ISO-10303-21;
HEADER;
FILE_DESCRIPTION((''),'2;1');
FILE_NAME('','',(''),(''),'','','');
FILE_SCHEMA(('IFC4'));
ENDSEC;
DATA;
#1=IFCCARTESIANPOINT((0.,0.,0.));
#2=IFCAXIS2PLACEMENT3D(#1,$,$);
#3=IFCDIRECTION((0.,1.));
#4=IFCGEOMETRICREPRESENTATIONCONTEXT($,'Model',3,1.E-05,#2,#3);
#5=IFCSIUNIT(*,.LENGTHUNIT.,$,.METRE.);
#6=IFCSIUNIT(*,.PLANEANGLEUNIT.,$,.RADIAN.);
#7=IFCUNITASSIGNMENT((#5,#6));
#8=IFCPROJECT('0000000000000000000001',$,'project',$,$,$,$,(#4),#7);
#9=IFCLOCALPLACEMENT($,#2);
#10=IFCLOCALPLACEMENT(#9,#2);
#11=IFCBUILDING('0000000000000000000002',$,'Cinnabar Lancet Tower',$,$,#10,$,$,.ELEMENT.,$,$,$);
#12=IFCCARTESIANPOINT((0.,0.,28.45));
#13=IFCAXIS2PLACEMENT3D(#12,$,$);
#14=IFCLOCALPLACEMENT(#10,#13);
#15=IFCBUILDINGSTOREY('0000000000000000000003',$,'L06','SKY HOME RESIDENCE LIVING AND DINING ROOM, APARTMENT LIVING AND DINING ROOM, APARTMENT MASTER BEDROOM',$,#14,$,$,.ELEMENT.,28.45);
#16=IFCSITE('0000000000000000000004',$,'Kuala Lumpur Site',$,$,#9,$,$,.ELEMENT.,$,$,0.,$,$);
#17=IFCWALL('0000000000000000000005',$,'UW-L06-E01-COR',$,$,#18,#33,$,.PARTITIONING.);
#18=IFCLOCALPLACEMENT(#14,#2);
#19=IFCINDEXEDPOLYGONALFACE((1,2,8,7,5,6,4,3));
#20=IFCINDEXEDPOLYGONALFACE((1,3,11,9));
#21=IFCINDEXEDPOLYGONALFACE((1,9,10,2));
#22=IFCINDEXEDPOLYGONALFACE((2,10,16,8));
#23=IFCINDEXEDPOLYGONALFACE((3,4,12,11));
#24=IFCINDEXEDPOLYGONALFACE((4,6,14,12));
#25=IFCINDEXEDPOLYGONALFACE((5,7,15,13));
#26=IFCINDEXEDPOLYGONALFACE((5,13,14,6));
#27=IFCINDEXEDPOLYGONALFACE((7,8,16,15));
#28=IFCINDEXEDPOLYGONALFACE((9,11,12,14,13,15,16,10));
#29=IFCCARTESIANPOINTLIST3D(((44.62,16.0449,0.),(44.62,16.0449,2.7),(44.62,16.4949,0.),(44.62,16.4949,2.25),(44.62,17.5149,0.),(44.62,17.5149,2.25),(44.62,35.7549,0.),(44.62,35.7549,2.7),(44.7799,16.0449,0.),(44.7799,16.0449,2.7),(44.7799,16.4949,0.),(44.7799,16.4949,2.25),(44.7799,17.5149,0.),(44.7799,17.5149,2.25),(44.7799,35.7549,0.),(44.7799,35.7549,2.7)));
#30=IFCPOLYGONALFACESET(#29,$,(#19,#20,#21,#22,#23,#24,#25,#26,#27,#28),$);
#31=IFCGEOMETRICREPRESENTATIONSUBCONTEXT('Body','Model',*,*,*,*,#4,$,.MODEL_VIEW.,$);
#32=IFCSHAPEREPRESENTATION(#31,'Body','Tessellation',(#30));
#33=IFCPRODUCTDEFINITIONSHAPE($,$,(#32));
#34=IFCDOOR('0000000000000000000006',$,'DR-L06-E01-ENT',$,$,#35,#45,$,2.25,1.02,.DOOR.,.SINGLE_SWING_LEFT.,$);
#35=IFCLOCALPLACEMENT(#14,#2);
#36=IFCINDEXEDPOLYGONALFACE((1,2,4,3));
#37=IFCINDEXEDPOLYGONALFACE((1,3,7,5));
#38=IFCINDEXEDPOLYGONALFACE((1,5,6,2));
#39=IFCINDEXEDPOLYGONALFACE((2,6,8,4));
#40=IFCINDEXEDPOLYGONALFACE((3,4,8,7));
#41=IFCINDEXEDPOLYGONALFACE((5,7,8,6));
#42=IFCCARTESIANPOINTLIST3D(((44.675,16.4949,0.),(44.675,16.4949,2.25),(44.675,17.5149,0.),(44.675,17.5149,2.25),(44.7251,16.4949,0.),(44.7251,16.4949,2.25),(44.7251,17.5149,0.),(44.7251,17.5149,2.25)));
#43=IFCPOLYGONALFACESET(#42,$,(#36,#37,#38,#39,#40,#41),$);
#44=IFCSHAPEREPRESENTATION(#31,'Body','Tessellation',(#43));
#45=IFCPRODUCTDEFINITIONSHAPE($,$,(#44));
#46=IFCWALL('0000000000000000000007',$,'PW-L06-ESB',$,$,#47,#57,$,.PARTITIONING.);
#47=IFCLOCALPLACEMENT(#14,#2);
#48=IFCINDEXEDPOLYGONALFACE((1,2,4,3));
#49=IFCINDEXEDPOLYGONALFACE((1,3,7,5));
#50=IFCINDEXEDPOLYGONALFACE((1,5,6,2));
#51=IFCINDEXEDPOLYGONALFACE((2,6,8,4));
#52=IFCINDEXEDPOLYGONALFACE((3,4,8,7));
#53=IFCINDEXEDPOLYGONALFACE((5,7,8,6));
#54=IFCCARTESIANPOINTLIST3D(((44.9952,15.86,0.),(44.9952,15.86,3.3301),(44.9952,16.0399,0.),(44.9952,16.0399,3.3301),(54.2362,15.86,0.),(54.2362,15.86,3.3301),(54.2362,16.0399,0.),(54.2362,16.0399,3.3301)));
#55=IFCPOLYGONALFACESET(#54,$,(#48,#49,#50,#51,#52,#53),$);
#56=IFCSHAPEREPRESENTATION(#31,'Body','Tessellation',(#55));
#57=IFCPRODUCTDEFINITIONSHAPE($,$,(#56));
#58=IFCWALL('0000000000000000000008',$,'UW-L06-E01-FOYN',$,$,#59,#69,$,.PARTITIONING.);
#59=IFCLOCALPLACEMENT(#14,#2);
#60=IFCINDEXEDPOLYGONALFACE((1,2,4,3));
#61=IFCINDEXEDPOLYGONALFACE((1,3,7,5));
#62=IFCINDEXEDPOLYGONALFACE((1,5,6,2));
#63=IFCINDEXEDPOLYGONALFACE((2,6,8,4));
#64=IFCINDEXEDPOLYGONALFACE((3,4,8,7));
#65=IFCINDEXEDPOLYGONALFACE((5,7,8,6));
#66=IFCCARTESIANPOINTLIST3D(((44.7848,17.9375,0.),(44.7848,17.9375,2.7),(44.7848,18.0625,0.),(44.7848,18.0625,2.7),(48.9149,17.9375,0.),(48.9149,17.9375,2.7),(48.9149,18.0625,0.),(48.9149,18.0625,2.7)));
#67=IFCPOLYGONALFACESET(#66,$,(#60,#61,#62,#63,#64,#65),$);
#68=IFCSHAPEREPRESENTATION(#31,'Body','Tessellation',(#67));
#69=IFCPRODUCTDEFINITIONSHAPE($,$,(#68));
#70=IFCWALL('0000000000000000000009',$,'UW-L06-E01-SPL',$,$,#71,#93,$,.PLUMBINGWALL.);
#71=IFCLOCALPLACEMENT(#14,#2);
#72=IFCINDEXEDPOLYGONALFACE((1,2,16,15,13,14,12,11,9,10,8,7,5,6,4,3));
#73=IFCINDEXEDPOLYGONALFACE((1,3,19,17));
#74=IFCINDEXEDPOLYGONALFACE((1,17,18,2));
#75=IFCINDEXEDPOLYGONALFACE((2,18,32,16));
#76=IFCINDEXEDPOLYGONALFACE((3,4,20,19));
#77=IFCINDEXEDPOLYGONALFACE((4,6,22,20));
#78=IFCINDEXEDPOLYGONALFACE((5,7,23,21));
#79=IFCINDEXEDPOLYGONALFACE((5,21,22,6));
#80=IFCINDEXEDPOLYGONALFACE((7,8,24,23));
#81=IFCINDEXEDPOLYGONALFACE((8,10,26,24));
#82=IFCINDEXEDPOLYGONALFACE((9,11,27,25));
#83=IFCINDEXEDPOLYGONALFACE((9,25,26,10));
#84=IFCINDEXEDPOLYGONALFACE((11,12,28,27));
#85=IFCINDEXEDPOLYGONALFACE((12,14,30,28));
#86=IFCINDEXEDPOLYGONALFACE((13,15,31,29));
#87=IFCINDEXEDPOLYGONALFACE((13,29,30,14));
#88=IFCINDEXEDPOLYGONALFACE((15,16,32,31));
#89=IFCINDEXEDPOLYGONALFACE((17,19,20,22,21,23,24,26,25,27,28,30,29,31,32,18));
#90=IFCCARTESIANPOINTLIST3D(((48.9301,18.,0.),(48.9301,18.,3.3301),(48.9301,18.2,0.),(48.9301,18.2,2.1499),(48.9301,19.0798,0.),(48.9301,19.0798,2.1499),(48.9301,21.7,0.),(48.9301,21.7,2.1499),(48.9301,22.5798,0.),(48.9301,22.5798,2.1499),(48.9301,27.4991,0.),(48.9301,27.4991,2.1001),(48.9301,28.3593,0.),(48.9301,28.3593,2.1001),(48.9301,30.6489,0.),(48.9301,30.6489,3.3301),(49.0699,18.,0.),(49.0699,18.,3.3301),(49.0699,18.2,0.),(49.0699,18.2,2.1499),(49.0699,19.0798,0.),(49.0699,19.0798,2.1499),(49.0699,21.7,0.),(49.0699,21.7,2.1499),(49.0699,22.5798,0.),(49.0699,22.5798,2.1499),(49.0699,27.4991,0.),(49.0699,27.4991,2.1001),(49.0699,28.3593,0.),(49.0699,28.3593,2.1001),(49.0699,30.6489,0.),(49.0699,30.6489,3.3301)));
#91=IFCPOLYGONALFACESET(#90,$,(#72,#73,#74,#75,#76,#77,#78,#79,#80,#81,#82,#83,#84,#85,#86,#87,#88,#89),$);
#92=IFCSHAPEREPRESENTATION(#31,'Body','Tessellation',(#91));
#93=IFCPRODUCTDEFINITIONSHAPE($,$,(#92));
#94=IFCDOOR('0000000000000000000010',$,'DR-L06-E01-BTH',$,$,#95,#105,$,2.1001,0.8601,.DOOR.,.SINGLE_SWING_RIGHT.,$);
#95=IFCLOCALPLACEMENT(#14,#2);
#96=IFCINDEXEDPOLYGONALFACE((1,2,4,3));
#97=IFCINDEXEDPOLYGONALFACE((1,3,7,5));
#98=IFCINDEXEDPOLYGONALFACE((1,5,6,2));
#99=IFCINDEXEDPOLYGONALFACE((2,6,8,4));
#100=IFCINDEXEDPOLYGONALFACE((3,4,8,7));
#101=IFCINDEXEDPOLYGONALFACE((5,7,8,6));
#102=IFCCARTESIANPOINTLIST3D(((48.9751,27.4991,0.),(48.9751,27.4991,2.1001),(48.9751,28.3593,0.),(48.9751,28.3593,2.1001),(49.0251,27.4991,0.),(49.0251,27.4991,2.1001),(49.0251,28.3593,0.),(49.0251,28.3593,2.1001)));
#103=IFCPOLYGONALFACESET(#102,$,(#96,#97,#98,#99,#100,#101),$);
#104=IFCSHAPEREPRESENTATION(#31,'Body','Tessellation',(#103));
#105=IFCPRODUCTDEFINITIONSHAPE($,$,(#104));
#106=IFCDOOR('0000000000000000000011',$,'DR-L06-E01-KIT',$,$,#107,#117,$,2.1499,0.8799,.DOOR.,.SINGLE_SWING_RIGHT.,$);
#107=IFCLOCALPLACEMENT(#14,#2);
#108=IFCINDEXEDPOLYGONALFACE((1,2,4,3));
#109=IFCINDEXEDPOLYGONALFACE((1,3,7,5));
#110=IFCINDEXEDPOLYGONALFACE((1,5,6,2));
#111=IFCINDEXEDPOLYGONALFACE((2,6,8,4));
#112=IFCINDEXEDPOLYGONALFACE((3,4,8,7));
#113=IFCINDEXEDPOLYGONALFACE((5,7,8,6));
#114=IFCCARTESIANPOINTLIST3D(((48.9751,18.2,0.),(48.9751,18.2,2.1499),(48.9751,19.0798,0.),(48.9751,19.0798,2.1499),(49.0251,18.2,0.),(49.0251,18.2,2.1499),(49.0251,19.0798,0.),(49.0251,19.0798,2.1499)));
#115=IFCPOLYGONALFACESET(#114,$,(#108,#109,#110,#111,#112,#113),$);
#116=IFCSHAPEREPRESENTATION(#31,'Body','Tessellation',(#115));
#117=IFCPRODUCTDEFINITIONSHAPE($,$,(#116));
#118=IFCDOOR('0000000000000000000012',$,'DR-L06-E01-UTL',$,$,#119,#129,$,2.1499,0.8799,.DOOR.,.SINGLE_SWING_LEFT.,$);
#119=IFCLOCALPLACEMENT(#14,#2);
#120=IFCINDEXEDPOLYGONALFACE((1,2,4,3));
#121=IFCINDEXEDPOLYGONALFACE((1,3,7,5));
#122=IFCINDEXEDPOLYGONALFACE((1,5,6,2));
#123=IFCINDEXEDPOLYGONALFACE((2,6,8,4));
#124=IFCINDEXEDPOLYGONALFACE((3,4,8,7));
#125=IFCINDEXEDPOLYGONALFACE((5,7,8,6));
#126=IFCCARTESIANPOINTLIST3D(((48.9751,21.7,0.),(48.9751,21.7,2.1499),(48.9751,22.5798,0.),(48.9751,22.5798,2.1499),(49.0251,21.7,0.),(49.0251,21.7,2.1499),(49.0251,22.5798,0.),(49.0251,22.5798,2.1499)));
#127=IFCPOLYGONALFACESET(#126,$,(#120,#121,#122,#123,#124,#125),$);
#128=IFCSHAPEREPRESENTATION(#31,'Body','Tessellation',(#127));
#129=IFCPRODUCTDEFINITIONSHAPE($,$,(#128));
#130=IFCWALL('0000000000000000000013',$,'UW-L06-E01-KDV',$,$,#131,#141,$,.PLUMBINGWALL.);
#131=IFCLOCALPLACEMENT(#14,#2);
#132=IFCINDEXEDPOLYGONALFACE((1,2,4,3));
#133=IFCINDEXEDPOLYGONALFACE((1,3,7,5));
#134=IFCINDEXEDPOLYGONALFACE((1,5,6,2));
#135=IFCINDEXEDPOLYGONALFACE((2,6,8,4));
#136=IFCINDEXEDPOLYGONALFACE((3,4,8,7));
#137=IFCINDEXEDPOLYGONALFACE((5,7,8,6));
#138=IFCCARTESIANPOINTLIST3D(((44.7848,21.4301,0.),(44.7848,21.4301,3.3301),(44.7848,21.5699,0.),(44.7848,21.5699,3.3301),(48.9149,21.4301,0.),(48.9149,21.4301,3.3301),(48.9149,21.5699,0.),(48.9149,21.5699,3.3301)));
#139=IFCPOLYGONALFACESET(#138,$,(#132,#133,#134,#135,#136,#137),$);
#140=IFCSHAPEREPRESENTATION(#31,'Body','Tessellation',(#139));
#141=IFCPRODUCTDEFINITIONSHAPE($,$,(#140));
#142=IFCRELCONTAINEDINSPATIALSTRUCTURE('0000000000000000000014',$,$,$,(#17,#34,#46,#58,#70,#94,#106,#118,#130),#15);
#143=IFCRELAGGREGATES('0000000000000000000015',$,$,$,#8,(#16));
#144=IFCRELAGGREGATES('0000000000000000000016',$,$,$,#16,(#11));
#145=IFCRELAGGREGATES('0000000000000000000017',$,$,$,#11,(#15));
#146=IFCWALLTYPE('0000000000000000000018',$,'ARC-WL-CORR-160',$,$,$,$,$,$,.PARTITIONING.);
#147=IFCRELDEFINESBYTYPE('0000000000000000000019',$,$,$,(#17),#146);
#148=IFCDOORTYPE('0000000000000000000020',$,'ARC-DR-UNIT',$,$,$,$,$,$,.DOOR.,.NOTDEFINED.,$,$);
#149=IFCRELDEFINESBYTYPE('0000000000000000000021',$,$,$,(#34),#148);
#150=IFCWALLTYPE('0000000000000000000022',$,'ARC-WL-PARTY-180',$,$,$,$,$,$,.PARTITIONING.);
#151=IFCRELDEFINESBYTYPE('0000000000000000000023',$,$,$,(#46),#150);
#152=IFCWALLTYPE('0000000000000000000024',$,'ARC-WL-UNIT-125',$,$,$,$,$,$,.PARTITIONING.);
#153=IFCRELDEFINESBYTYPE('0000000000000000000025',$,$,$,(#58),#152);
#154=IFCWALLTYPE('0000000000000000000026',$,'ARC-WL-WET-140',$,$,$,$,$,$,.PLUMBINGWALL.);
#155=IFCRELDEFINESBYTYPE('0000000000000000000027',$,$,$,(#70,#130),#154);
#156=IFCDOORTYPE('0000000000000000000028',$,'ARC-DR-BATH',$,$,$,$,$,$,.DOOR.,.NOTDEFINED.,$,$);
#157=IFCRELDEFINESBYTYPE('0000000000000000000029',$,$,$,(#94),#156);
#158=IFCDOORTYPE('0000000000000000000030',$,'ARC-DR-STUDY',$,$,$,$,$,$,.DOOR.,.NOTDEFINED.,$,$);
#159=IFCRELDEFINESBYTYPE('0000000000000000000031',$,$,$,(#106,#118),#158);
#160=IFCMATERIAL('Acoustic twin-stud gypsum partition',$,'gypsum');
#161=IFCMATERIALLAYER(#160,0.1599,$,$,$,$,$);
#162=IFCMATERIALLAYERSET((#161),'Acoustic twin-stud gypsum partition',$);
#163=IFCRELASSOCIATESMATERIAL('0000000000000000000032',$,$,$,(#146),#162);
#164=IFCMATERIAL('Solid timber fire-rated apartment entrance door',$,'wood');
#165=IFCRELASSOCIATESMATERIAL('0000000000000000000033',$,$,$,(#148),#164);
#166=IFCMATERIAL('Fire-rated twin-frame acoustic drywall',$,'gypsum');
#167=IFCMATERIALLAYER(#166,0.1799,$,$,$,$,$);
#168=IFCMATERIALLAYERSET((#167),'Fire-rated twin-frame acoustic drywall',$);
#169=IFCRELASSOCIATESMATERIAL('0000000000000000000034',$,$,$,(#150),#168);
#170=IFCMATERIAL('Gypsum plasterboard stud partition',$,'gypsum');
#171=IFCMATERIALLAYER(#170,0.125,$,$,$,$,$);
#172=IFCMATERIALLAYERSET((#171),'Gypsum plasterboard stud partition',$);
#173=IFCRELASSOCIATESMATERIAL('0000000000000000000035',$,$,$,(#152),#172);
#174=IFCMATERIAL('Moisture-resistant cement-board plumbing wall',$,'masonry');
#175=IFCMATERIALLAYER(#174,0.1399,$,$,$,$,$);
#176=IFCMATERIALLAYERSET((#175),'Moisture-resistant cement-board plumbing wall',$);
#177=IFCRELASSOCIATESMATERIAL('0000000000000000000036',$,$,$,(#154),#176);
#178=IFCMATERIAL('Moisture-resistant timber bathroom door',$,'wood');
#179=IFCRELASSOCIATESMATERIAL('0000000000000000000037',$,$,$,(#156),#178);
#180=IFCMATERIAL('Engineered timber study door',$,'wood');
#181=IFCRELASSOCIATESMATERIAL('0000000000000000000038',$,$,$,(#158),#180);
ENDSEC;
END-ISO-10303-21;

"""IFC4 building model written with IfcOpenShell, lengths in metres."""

from ifc_helpers import new_model, si_unit, direction, frame, frame_2d, origin, place, context, subcontext, project, spatial, rectangle, extrude, material, layer, layer_set, type_object, element, fill, save


model = new_model("IFC4")

# Units and contexts
model_context = context("Model", 3, precision=1e-05, world=origin(), true_north=direction((0.0, 1.0)))
body_context = subcontext(model_context, "Body", "Model", "MODEL_VIEW")
ifc_project = project(units=[si_unit("LENGTHUNIT", "METRE"), si_unit("PLANEANGLEUNIT", "RADIAN")], contexts=[model_context])

# Site, building, storey
site_placement = place(None, origin())
site = spatial("IfcSite", under=ifc_project, at=site_placement, Name="Kuala Lumpur Site", CompositionType="ELEMENT", RefElevation=0.0)
building_placement = place(site_placement, origin())
building = spatial("IfcBuilding", under=site, at=building_placement, Name="Cinnabar Lancet Tower", CompositionType="ELEMENT")
storey_placement = place(building_placement, frame((0.0, 0.0, 28.45)))
storey = spatial("IfcBuildingStorey", under=building, at=storey_placement, Name="L06", Description="SKY HOME RESIDENCE LIVING AND DINING ROOM, APARTMENT LIVING AND DINING ROOM, APARTMENT MASTER BEDROOM", CompositionType="ELEMENT", Elevation=28.45)

# Wall, opening, door
ifc_material_1 = material(Name="Acoustic twin-stud gypsum partition", Category="gypsum")
ifc_layer_1 = layer(ifc_material_1, 0.1599)
ifc_layer_set_1 = layer_set([ifc_layer_1], Name="Acoustic twin-stud gypsum partition")
wall_type_1 = type_object("IfcWallType", Name="ARC-WL-CORR-160", PredefinedType="PARTITIONING", material=ifc_layer_set_1)
wall_1_placement = place(storey_placement, frame((44.7, 16.0449, 0.0), z_axis=(0.0, 0.0, 1.0), x_axis=(0.0, 1.0, 0.0)))
wall_1 = element("IfcWall", 1, at=wall_1_placement, inside=storey, type_object=wall_type_1, Name="UW-L06-E01-COR", PredefinedType="PARTITIONING", context=body_context, shape_type="SweptSolid", body=[
    extrude(rectangle(XDim=19.71, YDim=0.1599, at=frame_2d((9.855, 0.0))), origin(), (0.0, 0.0, 1.0), 2.7),
])
opening_1_placement = place(wall_1_placement, frame((0.45, 0.0, 0.0)))
opening_1 = element("IfcOpeningElement", 2, at=opening_1_placement, cuts=wall_1, PredefinedType="OPENING", context=body_context, shape_type="SweptSolid", body=[
    extrude(rectangle(XDim=1.02, YDim=2.25, at=frame_2d((0.51, 1.125))), frame((0.0, 0.0898, 0.0), z_axis=(0.0, -1.0, 0.0), x_axis=(1.0, 0.0, 0.0)), (0.0, 0.0, 1.0), 0.1799),
])
ifc_material_2 = material(Name="Solid timber fire-rated apartment entrance door", Category="wood")
door_type_1 = type_object("IfcDoorType", Name="ARC-DR-UNIT", OperationType="NOTDEFINED", PredefinedType="DOOR", material=ifc_material_2)
door_1_placement = place(opening_1_placement, origin())
door_1 = element("IfcDoor", 3, at=door_1_placement, inside=storey, type_object=door_type_1, Name="DR-L06-E01-ENT", OperationType="SINGLE_SWING_LEFT", OverallHeight=2.25, OverallWidth=1.02, PredefinedType="DOOR", context=body_context, shape_type="SweptSolid", body=[
    extrude(rectangle(XDim=1.02, YDim=2.25, at=frame_2d((0.51, 1.125))), frame((0.0, 0.0249, 0.0), z_axis=(0.0, -1.0, 0.0), x_axis=(1.0, 0.0, 0.0)), (0.0, 0.0, 1.0), 0.05),
])
fill(opening_1, door_1)

# Walls
ifc_material_3 = material(Name="Fire-rated twin-frame acoustic drywall", Category="gypsum")
ifc_layer_2 = layer(ifc_material_3, 0.1799)
ifc_layer_set_2 = layer_set([ifc_layer_2], Name="Fire-rated twin-frame acoustic drywall")
wall_type_2 = type_object("IfcWallType", Name="ARC-WL-PARTY-180", PredefinedType="PARTITIONING", material=ifc_layer_set_2)
wall_2_placement = place(storey_placement, frame((44.9951, 15.95, 0.0), z_axis=(0.0, 0.0, 1.0), x_axis=(1.0, 0.0, 0.0)))
element("IfcWall", 4, at=wall_2_placement, inside=storey, type_object=wall_type_2, Name="PW-L06-ESB", PredefinedType="PARTITIONING", context=body_context, shape_type="SweptSolid", body=[
    extrude(rectangle(XDim=9.241, YDim=0.1799, at=frame_2d((4.6206, 0.0))), origin(), (0.0, 0.0, 1.0), 3.3301),
])
ifc_material_4 = material(Name="Gypsum plasterboard stud partition", Category="gypsum")
ifc_layer_3 = layer(ifc_material_4, 0.125)
ifc_layer_set_3 = layer_set([ifc_layer_3], Name="Gypsum plasterboard stud partition")
wall_type_3 = type_object("IfcWallType", Name="ARC-WL-UNIT-125", PredefinedType="PARTITIONING", material=ifc_layer_set_3)
wall_3_placement = place(storey_placement, frame((44.7849, 18.0, 0.0), z_axis=(0.0, 0.0, 1.0), x_axis=(1.0, 0.0, 0.0)))
element("IfcWall", 5, at=wall_3_placement, inside=storey, type_object=wall_type_3, Name="UW-L06-E01-FOYN", PredefinedType="PARTITIONING", context=body_context, shape_type="SweptSolid", body=[
    extrude(rectangle(XDim=4.1301, YDim=0.125, at=frame_2d((2.0649, 0.0))), origin(), (0.0, 0.0, 1.0), 2.7),
])

# Wall, openings, doors
ifc_material_5 = material(Name="Moisture-resistant cement-board plumbing wall", Category="masonry")
ifc_layer_4 = layer(ifc_material_5, 0.1399)
ifc_layer_set_4 = layer_set([ifc_layer_4], Name="Moisture-resistant cement-board plumbing wall")
wall_type_4 = type_object("IfcWallType", Name="ARC-WL-WET-140", PredefinedType="PLUMBINGWALL", material=ifc_layer_set_4)
wall_4_placement = place(storey_placement, frame((49.0, 18.0, 0.0), z_axis=(0.0, 0.0, 1.0), x_axis=(0.0, 1.0, 0.0)))
wall_4 = element("IfcWall", 6, at=wall_4_placement, inside=storey, type_object=wall_type_4, Name="UW-L06-E01-SPL", PredefinedType="PLUMBINGWALL", context=body_context, shape_type="SweptSolid", body=[
    extrude(rectangle(XDim=12.6489, YDim=0.1399, at=frame_2d((6.3245, 0.0))), origin(), (0.0, 0.0, 1.0), 3.3301),
])
opening_2_placement = place(wall_4_placement, frame((0.2, 0.0, 0.0)))
opening_2 = element("IfcOpeningElement", 7, at=opening_2_placement, cuts=wall_4, PredefinedType="OPENING", context=body_context, shape_type="SweptSolid", body=[
    extrude(rectangle(XDim=0.8799, YDim=2.1499, at=frame_2d((0.4399, 1.075))), frame((0.0, 0.0798, 0.0), z_axis=(0.0, -1.0, 0.0), x_axis=(1.0, 0.0, 0.0)), (0.0, 0.0, 1.0), 0.1599),
])
opening_3_placement = place(wall_4_placement, frame((3.7, 0.0, 0.0)))
opening_3 = element("IfcOpeningElement", 8, at=opening_3_placement, cuts=wall_4, PredefinedType="OPENING", context=body_context, shape_type="SweptSolid", body=[
    extrude(rectangle(XDim=0.8799, YDim=2.1499, at=frame_2d((0.4399, 1.075))), frame((0.0, 0.0798, 0.0), z_axis=(0.0, -1.0, 0.0), x_axis=(1.0, 0.0, 0.0)), (0.0, 0.0, 1.0), 0.1599),
])
opening_4_placement = place(wall_4_placement, frame((9.499, 0.0, 0.0)))
opening_4 = element("IfcOpeningElement", 9, at=opening_4_placement, cuts=wall_4, PredefinedType="OPENING", context=body_context, shape_type="SweptSolid", body=[
    extrude(rectangle(XDim=0.8601, YDim=2.1001, at=frame_2d((0.4302, 1.05))), frame((0.0, 0.0798, 0.0), z_axis=(0.0, -1.0, 0.0), x_axis=(1.0, 0.0, 0.0)), (0.0, 0.0, 1.0), 0.1599),
])
ifc_material_6 = material(Name="Moisture-resistant timber bathroom door", Category="wood")
door_type_2 = type_object("IfcDoorType", Name="ARC-DR-BATH", OperationType="NOTDEFINED", PredefinedType="DOOR", material=ifc_material_6)
door_2_placement = place(opening_4_placement, origin())
door_2 = element("IfcDoor", 10, at=door_2_placement, inside=storey, type_object=door_type_2, Name="DR-L06-E01-BTH", OperationType="SINGLE_SWING_RIGHT", OverallHeight=2.1001, OverallWidth=0.8601, PredefinedType="DOOR", context=body_context, shape_type="SweptSolid", body=[
    extrude(rectangle(XDim=0.8601, YDim=2.1001, at=frame_2d((0.4302, 1.05))), frame((0.0, 0.0249, 0.0), z_axis=(0.0, -1.0, 0.0), x_axis=(1.0, 0.0, 0.0)), (0.0, 0.0, 1.0), 0.05),
])
fill(opening_4, door_2)
ifc_material_7 = material(Name="Engineered timber study door", Category="wood")
door_type_3 = type_object("IfcDoorType", Name="ARC-DR-STUDY", OperationType="NOTDEFINED", PredefinedType="DOOR", material=ifc_material_7)
door_3_placement = place(opening_2_placement, origin())
door_3 = element("IfcDoor", 11, at=door_3_placement, inside=storey, type_object=door_type_3, Name="DR-L06-E01-KIT", OperationType="SINGLE_SWING_RIGHT", OverallHeight=2.1499, OverallWidth=0.8799, PredefinedType="DOOR", context=body_context, shape_type="SweptSolid", body=[
    extrude(rectangle(XDim=0.8799, YDim=2.1499, at=frame_2d((0.4399, 1.075))), frame((0.0, 0.0249, 0.0), z_axis=(0.0, -1.0, 0.0), x_axis=(1.0, 0.0, 0.0)), (0.0, 0.0, 1.0), 0.05),
])
fill(opening_2, door_3)
door_4_placement = place(opening_3_placement, origin())
door_4 = element("IfcDoor", 12, at=door_4_placement, inside=storey, type_object=door_type_3, Name="DR-L06-E01-UTL", OperationType="SINGLE_SWING_LEFT", OverallHeight=2.1499, OverallWidth=0.8799, PredefinedType="DOOR", context=body_context, shape_type="SweptSolid", body=[
    extrude(rectangle(XDim=0.8799, YDim=2.1499, at=frame_2d((0.4399, 1.075))), frame((0.0, 0.0249, 0.0), z_axis=(0.0, -1.0, 0.0), x_axis=(1.0, 0.0, 0.0)), (0.0, 0.0, 1.0), 0.05),
])
fill(opening_3, door_4)

# Wall
wall_5_placement = place(storey_placement, frame((44.7849, 21.5, 0.0), z_axis=(0.0, 0.0, 1.0), x_axis=(1.0, 0.0, 0.0)))
element("IfcWall", 13, at=wall_5_placement, inside=storey, type_object=wall_type_4, Name="UW-L06-E01-KDV", PredefinedType="PLUMBINGWALL", context=body_context, shape_type="SweptSolid", body=[
    extrude(rectangle(XDim=4.1301, YDim=0.1399, at=frame_2d((2.0649, 0.0))), origin(), (0.0, 0.0, 1.0), 3.3301),
])

save(model, "model.ifc")
